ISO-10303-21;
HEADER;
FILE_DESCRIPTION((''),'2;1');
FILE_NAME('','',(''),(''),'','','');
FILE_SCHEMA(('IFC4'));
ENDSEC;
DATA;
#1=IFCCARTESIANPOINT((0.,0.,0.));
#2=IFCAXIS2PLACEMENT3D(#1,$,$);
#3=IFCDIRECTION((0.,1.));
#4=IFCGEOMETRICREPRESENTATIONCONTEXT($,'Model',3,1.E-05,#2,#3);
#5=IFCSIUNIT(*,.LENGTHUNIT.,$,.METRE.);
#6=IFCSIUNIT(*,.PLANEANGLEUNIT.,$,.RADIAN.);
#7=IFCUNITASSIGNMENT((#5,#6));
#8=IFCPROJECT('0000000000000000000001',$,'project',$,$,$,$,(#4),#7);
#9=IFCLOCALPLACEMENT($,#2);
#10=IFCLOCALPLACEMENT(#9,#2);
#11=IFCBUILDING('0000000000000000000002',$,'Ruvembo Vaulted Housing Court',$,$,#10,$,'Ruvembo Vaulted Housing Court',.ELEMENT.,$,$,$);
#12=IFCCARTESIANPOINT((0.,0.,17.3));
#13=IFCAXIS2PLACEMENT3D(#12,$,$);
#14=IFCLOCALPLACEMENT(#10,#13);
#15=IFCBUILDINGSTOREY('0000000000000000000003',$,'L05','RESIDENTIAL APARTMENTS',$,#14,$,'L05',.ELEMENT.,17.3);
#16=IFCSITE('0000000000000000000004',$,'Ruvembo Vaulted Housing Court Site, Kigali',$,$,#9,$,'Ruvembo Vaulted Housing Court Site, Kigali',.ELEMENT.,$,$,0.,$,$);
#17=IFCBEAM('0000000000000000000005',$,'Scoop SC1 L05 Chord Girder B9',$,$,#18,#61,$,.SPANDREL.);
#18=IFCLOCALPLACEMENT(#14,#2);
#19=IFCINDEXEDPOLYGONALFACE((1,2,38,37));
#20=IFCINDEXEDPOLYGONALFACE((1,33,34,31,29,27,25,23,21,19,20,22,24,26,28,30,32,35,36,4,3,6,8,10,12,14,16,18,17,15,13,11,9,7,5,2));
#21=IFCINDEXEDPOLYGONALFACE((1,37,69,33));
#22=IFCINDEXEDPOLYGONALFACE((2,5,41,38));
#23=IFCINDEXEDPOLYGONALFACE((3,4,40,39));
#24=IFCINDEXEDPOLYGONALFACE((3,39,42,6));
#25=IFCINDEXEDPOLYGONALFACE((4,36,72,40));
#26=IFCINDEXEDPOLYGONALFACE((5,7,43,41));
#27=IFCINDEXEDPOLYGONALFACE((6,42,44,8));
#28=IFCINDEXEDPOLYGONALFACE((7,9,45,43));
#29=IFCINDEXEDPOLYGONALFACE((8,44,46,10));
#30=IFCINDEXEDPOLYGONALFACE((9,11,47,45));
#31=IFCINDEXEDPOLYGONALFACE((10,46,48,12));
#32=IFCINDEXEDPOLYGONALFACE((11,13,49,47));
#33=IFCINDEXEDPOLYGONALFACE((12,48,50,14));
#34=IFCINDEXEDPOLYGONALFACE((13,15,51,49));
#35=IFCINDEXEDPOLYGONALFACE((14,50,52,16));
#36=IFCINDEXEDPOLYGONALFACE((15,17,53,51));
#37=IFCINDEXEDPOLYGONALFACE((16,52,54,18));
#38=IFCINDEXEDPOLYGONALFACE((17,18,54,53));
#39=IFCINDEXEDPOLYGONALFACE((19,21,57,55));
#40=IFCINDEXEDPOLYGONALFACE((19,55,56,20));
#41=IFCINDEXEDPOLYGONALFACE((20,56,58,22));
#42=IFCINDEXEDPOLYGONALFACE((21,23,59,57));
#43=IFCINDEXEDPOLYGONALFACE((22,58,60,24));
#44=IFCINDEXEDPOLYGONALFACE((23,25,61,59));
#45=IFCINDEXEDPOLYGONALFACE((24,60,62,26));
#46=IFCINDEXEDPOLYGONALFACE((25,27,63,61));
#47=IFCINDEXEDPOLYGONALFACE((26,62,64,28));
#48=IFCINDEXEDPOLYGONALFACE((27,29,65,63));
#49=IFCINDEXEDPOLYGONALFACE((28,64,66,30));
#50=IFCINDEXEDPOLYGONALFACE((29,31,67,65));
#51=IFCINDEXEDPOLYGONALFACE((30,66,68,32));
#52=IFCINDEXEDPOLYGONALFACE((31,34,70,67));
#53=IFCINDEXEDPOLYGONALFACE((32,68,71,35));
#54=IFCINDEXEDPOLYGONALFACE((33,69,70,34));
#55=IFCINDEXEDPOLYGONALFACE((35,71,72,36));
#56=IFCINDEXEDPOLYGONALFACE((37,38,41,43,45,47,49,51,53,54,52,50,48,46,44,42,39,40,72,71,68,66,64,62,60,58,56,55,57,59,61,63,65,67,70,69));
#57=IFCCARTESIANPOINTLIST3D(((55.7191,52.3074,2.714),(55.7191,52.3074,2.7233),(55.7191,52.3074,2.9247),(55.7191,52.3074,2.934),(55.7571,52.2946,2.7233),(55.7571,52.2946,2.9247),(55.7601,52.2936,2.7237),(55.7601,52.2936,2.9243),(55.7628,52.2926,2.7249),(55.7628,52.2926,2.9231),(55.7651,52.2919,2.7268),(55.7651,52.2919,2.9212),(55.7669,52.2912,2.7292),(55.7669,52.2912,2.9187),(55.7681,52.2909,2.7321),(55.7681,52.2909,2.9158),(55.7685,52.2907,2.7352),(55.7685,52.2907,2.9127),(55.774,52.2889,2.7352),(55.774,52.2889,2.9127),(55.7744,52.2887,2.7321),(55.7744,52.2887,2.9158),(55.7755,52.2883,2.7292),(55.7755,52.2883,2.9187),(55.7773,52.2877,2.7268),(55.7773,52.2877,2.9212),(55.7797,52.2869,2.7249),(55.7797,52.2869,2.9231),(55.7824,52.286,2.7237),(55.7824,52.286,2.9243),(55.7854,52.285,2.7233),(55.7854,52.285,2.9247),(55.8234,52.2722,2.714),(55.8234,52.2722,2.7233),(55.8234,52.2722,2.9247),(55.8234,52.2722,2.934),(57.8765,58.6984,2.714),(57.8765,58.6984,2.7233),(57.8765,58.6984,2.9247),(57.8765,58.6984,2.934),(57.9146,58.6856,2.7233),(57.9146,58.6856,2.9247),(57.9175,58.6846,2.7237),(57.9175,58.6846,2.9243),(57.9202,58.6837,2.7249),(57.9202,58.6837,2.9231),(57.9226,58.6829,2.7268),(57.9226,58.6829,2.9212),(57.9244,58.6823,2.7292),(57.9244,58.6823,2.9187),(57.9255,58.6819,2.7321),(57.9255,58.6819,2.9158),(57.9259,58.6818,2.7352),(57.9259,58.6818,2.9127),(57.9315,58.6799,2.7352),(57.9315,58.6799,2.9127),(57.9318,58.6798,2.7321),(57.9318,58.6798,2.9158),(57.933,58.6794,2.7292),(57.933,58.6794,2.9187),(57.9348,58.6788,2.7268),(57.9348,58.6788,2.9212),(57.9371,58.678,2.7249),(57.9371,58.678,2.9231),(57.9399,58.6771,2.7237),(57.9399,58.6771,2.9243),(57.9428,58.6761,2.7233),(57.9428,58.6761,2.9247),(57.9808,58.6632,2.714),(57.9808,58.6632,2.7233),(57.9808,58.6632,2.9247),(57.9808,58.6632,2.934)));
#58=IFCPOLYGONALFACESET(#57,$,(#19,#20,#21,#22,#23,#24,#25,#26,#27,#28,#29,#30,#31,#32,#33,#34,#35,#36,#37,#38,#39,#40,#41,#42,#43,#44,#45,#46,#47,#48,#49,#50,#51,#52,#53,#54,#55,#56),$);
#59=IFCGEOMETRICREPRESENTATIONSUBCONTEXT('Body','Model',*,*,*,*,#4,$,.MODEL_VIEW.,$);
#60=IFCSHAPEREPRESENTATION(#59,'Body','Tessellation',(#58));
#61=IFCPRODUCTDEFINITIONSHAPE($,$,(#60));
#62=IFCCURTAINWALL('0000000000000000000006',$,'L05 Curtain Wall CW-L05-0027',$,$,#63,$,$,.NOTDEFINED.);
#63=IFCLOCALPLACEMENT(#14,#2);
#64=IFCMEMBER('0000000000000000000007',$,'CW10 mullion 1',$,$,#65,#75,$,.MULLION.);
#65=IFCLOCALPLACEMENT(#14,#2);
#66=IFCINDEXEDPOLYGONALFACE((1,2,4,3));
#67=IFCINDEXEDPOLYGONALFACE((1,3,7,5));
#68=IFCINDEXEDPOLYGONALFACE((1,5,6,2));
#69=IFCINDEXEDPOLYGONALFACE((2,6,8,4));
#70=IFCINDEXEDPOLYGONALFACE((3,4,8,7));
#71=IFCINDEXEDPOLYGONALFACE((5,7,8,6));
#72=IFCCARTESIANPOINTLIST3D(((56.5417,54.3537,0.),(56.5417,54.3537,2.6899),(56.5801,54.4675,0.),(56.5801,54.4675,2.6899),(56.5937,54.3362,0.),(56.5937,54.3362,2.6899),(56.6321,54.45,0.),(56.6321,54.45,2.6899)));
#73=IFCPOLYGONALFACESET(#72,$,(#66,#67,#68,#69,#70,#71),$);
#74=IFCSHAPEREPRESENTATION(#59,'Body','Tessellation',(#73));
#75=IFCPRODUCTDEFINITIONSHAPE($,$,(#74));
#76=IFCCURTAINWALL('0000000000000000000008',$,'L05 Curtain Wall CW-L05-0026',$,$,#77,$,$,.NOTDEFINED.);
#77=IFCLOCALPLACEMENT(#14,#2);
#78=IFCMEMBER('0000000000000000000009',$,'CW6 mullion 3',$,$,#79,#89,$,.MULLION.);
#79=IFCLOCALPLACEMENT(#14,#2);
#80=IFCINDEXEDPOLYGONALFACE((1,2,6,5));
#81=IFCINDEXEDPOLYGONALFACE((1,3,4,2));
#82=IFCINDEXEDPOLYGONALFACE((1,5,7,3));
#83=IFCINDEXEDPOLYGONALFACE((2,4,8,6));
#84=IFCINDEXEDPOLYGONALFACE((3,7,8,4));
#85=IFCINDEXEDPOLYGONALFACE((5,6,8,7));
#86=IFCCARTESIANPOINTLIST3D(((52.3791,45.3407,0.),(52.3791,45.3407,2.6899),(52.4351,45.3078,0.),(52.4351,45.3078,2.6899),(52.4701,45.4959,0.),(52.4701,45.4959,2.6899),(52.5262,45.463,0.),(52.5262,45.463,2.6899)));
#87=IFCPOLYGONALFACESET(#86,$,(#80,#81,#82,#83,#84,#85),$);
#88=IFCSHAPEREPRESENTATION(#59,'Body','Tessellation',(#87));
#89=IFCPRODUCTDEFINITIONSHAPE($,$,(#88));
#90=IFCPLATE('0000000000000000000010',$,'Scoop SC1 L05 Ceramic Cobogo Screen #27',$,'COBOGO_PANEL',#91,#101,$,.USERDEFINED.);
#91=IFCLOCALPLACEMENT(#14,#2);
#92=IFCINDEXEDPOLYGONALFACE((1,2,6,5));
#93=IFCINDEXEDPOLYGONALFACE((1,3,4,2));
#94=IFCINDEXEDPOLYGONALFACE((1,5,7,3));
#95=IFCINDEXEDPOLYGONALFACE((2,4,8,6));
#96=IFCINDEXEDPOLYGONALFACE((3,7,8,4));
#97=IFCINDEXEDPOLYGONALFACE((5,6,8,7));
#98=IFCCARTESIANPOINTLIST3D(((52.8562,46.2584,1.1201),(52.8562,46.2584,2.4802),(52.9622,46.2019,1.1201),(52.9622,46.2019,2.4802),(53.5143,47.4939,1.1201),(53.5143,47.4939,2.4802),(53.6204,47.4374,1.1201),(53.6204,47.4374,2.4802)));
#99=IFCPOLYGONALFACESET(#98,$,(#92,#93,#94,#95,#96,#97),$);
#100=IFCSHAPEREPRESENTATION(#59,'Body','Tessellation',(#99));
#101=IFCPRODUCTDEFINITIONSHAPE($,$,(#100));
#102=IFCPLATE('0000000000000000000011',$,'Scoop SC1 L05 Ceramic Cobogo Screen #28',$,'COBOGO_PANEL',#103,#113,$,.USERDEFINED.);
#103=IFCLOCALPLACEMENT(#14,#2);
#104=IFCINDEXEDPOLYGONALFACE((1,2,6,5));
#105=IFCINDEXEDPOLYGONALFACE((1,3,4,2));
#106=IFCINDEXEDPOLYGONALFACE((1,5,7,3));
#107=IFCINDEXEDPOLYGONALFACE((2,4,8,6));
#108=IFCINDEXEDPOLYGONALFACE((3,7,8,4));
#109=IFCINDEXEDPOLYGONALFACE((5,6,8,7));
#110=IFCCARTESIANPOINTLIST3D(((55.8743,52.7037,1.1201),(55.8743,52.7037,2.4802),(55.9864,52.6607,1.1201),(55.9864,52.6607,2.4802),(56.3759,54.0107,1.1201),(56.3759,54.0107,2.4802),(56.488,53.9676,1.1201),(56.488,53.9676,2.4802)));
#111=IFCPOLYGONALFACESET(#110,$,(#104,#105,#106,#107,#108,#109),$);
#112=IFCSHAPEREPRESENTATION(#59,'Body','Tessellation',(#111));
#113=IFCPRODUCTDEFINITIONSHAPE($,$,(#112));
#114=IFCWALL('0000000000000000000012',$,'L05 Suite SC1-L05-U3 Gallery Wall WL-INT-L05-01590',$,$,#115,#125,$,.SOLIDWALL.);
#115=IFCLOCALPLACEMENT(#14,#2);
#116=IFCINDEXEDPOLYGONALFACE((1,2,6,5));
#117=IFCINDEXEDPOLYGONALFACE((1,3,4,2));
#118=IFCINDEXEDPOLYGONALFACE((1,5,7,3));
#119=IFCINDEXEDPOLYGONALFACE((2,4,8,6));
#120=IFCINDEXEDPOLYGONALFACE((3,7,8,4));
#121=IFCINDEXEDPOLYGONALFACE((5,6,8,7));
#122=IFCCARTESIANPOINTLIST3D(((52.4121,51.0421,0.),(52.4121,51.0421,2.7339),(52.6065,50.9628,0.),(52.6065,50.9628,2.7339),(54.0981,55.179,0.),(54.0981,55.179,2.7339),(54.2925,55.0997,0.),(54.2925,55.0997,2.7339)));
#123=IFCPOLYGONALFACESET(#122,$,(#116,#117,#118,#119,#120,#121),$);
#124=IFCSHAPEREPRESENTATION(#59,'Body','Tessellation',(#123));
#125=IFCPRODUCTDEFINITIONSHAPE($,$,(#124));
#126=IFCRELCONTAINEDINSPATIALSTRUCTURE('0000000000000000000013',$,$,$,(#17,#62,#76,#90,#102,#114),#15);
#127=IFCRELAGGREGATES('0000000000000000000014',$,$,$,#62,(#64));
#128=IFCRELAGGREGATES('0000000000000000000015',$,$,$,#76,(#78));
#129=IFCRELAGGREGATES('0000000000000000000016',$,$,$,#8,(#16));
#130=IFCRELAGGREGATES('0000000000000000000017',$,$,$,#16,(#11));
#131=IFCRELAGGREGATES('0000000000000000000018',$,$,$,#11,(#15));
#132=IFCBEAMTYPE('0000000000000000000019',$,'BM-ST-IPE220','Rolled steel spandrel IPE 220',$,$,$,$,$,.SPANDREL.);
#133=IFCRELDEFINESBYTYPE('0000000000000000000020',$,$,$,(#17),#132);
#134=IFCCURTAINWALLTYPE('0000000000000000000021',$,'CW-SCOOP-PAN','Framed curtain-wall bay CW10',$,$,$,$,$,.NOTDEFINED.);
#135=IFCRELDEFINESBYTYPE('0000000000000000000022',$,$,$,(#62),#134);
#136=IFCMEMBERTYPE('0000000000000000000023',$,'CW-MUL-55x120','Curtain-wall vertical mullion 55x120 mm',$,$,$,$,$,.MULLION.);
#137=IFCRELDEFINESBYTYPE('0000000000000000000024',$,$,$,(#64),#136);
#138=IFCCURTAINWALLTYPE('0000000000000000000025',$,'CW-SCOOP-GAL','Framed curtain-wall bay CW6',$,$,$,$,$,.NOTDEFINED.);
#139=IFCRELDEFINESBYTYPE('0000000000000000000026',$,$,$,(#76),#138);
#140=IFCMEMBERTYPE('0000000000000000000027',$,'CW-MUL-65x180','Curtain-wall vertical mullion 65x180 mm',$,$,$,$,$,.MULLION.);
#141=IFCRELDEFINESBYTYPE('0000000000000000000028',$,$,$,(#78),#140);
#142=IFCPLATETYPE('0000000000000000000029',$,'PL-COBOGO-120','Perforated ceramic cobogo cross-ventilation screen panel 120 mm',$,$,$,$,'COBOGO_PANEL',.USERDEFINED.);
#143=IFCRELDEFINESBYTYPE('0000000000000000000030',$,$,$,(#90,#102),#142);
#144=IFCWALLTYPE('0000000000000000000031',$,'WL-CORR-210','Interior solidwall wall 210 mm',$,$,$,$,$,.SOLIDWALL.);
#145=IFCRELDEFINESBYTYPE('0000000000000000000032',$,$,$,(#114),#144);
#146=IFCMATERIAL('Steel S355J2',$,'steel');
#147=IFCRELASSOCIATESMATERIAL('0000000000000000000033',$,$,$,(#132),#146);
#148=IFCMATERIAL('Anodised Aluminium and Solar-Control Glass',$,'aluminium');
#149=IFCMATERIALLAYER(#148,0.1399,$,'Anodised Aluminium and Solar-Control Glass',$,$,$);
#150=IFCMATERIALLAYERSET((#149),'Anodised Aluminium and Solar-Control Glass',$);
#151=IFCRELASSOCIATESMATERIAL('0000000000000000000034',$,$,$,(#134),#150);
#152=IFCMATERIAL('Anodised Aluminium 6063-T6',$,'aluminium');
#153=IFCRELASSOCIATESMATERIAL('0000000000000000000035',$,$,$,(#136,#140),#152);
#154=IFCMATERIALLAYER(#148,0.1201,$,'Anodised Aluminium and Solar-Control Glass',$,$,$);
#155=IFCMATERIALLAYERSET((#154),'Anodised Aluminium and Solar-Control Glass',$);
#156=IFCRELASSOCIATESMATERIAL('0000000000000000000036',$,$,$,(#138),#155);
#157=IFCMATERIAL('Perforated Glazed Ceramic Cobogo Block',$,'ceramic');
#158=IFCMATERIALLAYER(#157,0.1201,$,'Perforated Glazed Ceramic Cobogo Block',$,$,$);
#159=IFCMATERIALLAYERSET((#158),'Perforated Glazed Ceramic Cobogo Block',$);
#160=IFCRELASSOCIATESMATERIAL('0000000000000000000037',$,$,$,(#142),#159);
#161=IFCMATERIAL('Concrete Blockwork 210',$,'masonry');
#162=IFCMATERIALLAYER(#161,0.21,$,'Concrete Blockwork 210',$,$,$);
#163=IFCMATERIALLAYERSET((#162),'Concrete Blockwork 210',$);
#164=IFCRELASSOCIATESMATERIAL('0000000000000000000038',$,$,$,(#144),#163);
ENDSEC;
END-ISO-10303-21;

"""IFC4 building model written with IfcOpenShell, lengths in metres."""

from ifc_helpers import new_model, si_unit, direction, frame, frame_2d, origin, origin_2d, place, context, subcontext, project, spatial, rectangle, i_section, extrude, material, layer, layer_set, material_profile, profile_set, type_object, element, aggregate, save


model = new_model("IFC4")

# Units and contexts
model_context = context("Model", 3, precision=1e-05, world=origin(), true_north=direction((0.0, 1.0)))
body_context = subcontext(model_context, "Body", "Model", "MODEL_VIEW")
ifc_project = project(units=[si_unit("LENGTHUNIT", "METRE"), si_unit("PLANEANGLEUNIT", "RADIAN")], contexts=[model_context])

# Site, building, storey
site_placement = place(None, origin())
site = spatial("IfcSite", under=ifc_project, at=site_placement, Name="Ruvembo Vaulted Housing Court Site, Kigali", LongName="Ruvembo Vaulted Housing Court Site, Kigali", CompositionType="ELEMENT", RefElevation=0.0)
building_placement = place(site_placement, origin())
building = spatial("IfcBuilding", under=site, at=building_placement, Name="Ruvembo Vaulted Housing Court", LongName="Ruvembo Vaulted Housing Court", CompositionType="ELEMENT")
storey_placement = place(building_placement, frame((0.0, 0.0, 17.3)))
storey = spatial("IfcBuildingStorey", under=building, at=storey_placement, Name="L05", Description="RESIDENTIAL APARTMENTS", LongName="L05", CompositionType="ELEMENT", Elevation=17.3)

# Beam
ifc_material_1 = material(Name="Steel S355J2", Category="steel")
ifc_material_profile_1 = material_profile(ifc_material_1, i_section(OverallWidth=0.1101, OverallDepth=0.22, WebThickness=0.0059, FlangeThickness=0.0093, FilletRadius=0.012, at=origin_2d()), Name="IPE 220")
ifc_profile_set_1 = profile_set([ifc_material_profile_1], Name="Steel S355J2")
beam_type_1 = type_object("IfcBeamType", Name="BM-ST-IPE220", Description="Rolled steel spandrel IPE 220", PredefinedType="SPANDREL", material=ifc_profile_set_1)
for number, where, z_axis, x_axis, name in (
    (1, (55.7712, 52.2898, 2.824), (0.319841, 0.947471, 0.0), (-0.947471, 0.319841, 0.0), "Scoop SC1 L05 Chord Girder B9"),
):
    element("IfcBeam", number, at=place(storey_placement, frame(where, z_axis=z_axis, x_axis=x_axis)), inside=storey, type_object=beam_type_1, Name=name, PredefinedType="SPANDREL", context=body_context, shape_type="SweptSolid", body=[
        extrude(i_section(OverallWidth=0.1101, OverallDepth=0.22, WebThickness=0.0059, FlangeThickness=0.0093, FilletRadius=0.012, at=origin_2d()), origin(), (0.0, 0.0, 1.0), 6.7454),
    ])

# Curtain walls, members
ifc_material_2 = material(Name="Anodised Aluminium and Solar-Control Glass", Category="aluminium")
ifc_layer_1 = layer(ifc_material_2, 0.1399, Name="Anodised Aluminium and Solar-Control Glass")
ifc_layer_set_1 = layer_set([ifc_layer_1], Name="Anodised Aluminium and Solar-Control Glass")
curtain_wall_type_1 = type_object("IfcCurtainWallType", Name="CW-SCOOP-PAN", Description="Framed curtain-wall bay CW10", PredefinedType="NOTDEFINED", material=ifc_layer_set_1)
curtain_wall_1_placement = place(storey_placement, origin())
curtain_wall_1 = element("IfcCurtainWall", 2, at=curtain_wall_1_placement, inside=storey, type_object=curtain_wall_type_1, Name="L05 Curtain Wall CW-L05-0027", PredefinedType="NOTDEFINED")
ifc_material_3 = material(Name="Anodised Aluminium 6063-T6", Category="aluminium")
ifc_material_profile_2 = material_profile(ifc_material_3, rectangle(XDim=0.0549, YDim=0.1201, at=origin_2d()), Name="ALU 55x120")
ifc_profile_set_2 = profile_set([ifc_material_profile_2], Name="Anodised Aluminium 6063-T6")
member_type_1 = type_object("IfcMemberType", Name="CW-MUL-55x120", Description="Curtain-wall vertical mullion 55x120 mm", PredefinedType="MULLION", material=ifc_profile_set_2)
member_1_placement = place(storey_placement, frame((56.5869, 54.4019, 0.0), z_axis=(0.0, 0.0, 1.0), x_axis=(-0.947473, 0.319836, 0.0)))
member_1 = element("IfcMember", 3, at=member_1_placement, type_object=member_type_1, Name="CW10 mullion 1", PredefinedType="MULLION", context=body_context, shape_type="SweptSolid", body=[
    extrude(rectangle(XDim=0.0549, YDim=0.1201, at=origin_2d()), origin(), (0.0, 0.0, 1.0), 2.6899),
])
aggregate(curtain_wall_1, [member_1])
ifc_layer_2 = layer(ifc_material_2, 0.1201, Name="Anodised Aluminium and Solar-Control Glass")
ifc_layer_set_2 = layer_set([ifc_layer_2], Name="Anodised Aluminium and Solar-Control Glass")
curtain_wall_type_2 = type_object("IfcCurtainWallType", Name="CW-SCOOP-GAL", Description="Framed curtain-wall bay CW6", PredefinedType="NOTDEFINED", material=ifc_layer_set_2)
curtain_wall_2_placement = place(storey_placement, origin())
curtain_wall_2 = element("IfcCurtainWall", 4, at=curtain_wall_2_placement, inside=storey, type_object=curtain_wall_type_2, Name="L05 Curtain Wall CW-L05-0026", PredefinedType="NOTDEFINED")
ifc_material_profile_3 = material_profile(ifc_material_3, rectangle(XDim=0.0649, YDim=0.1799, at=origin_2d()), Name="ALU 65x180")
ifc_profile_set_3 = profile_set([ifc_material_profile_3], Name="Anodised Aluminium 6063-T6")
member_type_2 = type_object("IfcMemberType", Name="CW-MUL-65x180", Description="Curtain-wall vertical mullion 65x180 mm", PredefinedType="MULLION", material=ifc_profile_set_3)
member_2_placement = place(storey_placement, frame((52.4526, 45.4019, 0.0), z_axis=(0.0, 0.0, 1.0), x_axis=(-0.862601, 0.505885, 0.0)))
member_2 = element("IfcMember", 5, at=member_2_placement, type_object=member_type_2, Name="CW6 mullion 3", PredefinedType="MULLION", context=body_context, shape_type="SweptSolid", body=[
    extrude(rectangle(XDim=0.0649, YDim=0.1799, at=origin_2d()), origin(), (0.0, 0.0, 1.0), 2.6899),
])
aggregate(curtain_wall_2, [member_2])

# Plates
ifc_material_4 = material(Name="Perforated Glazed Ceramic Cobogo Block", Category="ceramic")
ifc_layer_3 = layer(ifc_material_4, 0.1201, Name="Perforated Glazed Ceramic Cobogo Block")
ifc_layer_set_3 = layer_set([ifc_layer_3], Name="Perforated Glazed Ceramic Cobogo Block")
plate_type = type_object("IfcPlateType", Name="PL-COBOGO-120", Description="Perforated ceramic cobogo cross-ventilation screen panel 120 mm", ElementType="COBOGO_PANEL", PredefinedType="USERDEFINED", material=ifc_layer_set_3)
for number, where, z_axis, x_axis, name in (
    (6, (53.2383, 46.8479, 1.1201), (0.0, 0.0, 1.0), (0.470134, 0.882595, 0.0), "Scoop SC1 L05 Ceramic Cobogo Screen #27"),
    (7, (56.1812, 53.3357, 1.1201), (0.0, 0.0, 1.0), (0.358335, 0.933593, 0.0), "Scoop SC1 L05 Ceramic Cobogo Screen #28"),
):
    element("IfcPlate", number, at=place(storey_placement, frame(where, z_axis=z_axis, x_axis=x_axis)), inside=storey, type_object=plate_type, Name=name, ObjectType="COBOGO_PANEL", PredefinedType="USERDEFINED", context=body_context, shape_type="SweptSolid", body=[
        extrude(rectangle(XDim=1.3999, YDim=0.1201, at=origin_2d()), origin(), (0.0, 0.0, 1.0), 1.3601),
    ])

# Wall
ifc_material_5 = material(Name="Concrete Blockwork 210", Category="masonry")
ifc_layer_4 = layer(ifc_material_5, 0.21, Name="Concrete Blockwork 210")
ifc_layer_set_4 = layer_set([ifc_layer_4], Name="Concrete Blockwork 210")
wall_type = type_object("IfcWallType", Name="WL-CORR-210", Description="Interior solidwall wall 210 mm", PredefinedType="SOLIDWALL", material=ifc_layer_set_4)
wall_placement = place(storey_placement, frame((52.5093, 51.0024, 0.0), z_axis=(0.0, 0.0, 1.0), x_axis=(0.377413, 0.926045, 0.0)))
element("IfcWall", 8, at=wall_placement, inside=storey, type_object=wall_type, Name="L05 Suite SC1-L05-U3 Gallery Wall WL-INT-L05-01590", PredefinedType="SOLIDWALL", context=body_context, shape_type="SweptSolid", body=[
    extrude(rectangle(XDim=4.4673, YDim=0.21, at=frame_2d((2.2336, 0.0))), origin(), (0.0, 0.0, 1.0), 2.7339),
])

save(model, "model.ifc")
